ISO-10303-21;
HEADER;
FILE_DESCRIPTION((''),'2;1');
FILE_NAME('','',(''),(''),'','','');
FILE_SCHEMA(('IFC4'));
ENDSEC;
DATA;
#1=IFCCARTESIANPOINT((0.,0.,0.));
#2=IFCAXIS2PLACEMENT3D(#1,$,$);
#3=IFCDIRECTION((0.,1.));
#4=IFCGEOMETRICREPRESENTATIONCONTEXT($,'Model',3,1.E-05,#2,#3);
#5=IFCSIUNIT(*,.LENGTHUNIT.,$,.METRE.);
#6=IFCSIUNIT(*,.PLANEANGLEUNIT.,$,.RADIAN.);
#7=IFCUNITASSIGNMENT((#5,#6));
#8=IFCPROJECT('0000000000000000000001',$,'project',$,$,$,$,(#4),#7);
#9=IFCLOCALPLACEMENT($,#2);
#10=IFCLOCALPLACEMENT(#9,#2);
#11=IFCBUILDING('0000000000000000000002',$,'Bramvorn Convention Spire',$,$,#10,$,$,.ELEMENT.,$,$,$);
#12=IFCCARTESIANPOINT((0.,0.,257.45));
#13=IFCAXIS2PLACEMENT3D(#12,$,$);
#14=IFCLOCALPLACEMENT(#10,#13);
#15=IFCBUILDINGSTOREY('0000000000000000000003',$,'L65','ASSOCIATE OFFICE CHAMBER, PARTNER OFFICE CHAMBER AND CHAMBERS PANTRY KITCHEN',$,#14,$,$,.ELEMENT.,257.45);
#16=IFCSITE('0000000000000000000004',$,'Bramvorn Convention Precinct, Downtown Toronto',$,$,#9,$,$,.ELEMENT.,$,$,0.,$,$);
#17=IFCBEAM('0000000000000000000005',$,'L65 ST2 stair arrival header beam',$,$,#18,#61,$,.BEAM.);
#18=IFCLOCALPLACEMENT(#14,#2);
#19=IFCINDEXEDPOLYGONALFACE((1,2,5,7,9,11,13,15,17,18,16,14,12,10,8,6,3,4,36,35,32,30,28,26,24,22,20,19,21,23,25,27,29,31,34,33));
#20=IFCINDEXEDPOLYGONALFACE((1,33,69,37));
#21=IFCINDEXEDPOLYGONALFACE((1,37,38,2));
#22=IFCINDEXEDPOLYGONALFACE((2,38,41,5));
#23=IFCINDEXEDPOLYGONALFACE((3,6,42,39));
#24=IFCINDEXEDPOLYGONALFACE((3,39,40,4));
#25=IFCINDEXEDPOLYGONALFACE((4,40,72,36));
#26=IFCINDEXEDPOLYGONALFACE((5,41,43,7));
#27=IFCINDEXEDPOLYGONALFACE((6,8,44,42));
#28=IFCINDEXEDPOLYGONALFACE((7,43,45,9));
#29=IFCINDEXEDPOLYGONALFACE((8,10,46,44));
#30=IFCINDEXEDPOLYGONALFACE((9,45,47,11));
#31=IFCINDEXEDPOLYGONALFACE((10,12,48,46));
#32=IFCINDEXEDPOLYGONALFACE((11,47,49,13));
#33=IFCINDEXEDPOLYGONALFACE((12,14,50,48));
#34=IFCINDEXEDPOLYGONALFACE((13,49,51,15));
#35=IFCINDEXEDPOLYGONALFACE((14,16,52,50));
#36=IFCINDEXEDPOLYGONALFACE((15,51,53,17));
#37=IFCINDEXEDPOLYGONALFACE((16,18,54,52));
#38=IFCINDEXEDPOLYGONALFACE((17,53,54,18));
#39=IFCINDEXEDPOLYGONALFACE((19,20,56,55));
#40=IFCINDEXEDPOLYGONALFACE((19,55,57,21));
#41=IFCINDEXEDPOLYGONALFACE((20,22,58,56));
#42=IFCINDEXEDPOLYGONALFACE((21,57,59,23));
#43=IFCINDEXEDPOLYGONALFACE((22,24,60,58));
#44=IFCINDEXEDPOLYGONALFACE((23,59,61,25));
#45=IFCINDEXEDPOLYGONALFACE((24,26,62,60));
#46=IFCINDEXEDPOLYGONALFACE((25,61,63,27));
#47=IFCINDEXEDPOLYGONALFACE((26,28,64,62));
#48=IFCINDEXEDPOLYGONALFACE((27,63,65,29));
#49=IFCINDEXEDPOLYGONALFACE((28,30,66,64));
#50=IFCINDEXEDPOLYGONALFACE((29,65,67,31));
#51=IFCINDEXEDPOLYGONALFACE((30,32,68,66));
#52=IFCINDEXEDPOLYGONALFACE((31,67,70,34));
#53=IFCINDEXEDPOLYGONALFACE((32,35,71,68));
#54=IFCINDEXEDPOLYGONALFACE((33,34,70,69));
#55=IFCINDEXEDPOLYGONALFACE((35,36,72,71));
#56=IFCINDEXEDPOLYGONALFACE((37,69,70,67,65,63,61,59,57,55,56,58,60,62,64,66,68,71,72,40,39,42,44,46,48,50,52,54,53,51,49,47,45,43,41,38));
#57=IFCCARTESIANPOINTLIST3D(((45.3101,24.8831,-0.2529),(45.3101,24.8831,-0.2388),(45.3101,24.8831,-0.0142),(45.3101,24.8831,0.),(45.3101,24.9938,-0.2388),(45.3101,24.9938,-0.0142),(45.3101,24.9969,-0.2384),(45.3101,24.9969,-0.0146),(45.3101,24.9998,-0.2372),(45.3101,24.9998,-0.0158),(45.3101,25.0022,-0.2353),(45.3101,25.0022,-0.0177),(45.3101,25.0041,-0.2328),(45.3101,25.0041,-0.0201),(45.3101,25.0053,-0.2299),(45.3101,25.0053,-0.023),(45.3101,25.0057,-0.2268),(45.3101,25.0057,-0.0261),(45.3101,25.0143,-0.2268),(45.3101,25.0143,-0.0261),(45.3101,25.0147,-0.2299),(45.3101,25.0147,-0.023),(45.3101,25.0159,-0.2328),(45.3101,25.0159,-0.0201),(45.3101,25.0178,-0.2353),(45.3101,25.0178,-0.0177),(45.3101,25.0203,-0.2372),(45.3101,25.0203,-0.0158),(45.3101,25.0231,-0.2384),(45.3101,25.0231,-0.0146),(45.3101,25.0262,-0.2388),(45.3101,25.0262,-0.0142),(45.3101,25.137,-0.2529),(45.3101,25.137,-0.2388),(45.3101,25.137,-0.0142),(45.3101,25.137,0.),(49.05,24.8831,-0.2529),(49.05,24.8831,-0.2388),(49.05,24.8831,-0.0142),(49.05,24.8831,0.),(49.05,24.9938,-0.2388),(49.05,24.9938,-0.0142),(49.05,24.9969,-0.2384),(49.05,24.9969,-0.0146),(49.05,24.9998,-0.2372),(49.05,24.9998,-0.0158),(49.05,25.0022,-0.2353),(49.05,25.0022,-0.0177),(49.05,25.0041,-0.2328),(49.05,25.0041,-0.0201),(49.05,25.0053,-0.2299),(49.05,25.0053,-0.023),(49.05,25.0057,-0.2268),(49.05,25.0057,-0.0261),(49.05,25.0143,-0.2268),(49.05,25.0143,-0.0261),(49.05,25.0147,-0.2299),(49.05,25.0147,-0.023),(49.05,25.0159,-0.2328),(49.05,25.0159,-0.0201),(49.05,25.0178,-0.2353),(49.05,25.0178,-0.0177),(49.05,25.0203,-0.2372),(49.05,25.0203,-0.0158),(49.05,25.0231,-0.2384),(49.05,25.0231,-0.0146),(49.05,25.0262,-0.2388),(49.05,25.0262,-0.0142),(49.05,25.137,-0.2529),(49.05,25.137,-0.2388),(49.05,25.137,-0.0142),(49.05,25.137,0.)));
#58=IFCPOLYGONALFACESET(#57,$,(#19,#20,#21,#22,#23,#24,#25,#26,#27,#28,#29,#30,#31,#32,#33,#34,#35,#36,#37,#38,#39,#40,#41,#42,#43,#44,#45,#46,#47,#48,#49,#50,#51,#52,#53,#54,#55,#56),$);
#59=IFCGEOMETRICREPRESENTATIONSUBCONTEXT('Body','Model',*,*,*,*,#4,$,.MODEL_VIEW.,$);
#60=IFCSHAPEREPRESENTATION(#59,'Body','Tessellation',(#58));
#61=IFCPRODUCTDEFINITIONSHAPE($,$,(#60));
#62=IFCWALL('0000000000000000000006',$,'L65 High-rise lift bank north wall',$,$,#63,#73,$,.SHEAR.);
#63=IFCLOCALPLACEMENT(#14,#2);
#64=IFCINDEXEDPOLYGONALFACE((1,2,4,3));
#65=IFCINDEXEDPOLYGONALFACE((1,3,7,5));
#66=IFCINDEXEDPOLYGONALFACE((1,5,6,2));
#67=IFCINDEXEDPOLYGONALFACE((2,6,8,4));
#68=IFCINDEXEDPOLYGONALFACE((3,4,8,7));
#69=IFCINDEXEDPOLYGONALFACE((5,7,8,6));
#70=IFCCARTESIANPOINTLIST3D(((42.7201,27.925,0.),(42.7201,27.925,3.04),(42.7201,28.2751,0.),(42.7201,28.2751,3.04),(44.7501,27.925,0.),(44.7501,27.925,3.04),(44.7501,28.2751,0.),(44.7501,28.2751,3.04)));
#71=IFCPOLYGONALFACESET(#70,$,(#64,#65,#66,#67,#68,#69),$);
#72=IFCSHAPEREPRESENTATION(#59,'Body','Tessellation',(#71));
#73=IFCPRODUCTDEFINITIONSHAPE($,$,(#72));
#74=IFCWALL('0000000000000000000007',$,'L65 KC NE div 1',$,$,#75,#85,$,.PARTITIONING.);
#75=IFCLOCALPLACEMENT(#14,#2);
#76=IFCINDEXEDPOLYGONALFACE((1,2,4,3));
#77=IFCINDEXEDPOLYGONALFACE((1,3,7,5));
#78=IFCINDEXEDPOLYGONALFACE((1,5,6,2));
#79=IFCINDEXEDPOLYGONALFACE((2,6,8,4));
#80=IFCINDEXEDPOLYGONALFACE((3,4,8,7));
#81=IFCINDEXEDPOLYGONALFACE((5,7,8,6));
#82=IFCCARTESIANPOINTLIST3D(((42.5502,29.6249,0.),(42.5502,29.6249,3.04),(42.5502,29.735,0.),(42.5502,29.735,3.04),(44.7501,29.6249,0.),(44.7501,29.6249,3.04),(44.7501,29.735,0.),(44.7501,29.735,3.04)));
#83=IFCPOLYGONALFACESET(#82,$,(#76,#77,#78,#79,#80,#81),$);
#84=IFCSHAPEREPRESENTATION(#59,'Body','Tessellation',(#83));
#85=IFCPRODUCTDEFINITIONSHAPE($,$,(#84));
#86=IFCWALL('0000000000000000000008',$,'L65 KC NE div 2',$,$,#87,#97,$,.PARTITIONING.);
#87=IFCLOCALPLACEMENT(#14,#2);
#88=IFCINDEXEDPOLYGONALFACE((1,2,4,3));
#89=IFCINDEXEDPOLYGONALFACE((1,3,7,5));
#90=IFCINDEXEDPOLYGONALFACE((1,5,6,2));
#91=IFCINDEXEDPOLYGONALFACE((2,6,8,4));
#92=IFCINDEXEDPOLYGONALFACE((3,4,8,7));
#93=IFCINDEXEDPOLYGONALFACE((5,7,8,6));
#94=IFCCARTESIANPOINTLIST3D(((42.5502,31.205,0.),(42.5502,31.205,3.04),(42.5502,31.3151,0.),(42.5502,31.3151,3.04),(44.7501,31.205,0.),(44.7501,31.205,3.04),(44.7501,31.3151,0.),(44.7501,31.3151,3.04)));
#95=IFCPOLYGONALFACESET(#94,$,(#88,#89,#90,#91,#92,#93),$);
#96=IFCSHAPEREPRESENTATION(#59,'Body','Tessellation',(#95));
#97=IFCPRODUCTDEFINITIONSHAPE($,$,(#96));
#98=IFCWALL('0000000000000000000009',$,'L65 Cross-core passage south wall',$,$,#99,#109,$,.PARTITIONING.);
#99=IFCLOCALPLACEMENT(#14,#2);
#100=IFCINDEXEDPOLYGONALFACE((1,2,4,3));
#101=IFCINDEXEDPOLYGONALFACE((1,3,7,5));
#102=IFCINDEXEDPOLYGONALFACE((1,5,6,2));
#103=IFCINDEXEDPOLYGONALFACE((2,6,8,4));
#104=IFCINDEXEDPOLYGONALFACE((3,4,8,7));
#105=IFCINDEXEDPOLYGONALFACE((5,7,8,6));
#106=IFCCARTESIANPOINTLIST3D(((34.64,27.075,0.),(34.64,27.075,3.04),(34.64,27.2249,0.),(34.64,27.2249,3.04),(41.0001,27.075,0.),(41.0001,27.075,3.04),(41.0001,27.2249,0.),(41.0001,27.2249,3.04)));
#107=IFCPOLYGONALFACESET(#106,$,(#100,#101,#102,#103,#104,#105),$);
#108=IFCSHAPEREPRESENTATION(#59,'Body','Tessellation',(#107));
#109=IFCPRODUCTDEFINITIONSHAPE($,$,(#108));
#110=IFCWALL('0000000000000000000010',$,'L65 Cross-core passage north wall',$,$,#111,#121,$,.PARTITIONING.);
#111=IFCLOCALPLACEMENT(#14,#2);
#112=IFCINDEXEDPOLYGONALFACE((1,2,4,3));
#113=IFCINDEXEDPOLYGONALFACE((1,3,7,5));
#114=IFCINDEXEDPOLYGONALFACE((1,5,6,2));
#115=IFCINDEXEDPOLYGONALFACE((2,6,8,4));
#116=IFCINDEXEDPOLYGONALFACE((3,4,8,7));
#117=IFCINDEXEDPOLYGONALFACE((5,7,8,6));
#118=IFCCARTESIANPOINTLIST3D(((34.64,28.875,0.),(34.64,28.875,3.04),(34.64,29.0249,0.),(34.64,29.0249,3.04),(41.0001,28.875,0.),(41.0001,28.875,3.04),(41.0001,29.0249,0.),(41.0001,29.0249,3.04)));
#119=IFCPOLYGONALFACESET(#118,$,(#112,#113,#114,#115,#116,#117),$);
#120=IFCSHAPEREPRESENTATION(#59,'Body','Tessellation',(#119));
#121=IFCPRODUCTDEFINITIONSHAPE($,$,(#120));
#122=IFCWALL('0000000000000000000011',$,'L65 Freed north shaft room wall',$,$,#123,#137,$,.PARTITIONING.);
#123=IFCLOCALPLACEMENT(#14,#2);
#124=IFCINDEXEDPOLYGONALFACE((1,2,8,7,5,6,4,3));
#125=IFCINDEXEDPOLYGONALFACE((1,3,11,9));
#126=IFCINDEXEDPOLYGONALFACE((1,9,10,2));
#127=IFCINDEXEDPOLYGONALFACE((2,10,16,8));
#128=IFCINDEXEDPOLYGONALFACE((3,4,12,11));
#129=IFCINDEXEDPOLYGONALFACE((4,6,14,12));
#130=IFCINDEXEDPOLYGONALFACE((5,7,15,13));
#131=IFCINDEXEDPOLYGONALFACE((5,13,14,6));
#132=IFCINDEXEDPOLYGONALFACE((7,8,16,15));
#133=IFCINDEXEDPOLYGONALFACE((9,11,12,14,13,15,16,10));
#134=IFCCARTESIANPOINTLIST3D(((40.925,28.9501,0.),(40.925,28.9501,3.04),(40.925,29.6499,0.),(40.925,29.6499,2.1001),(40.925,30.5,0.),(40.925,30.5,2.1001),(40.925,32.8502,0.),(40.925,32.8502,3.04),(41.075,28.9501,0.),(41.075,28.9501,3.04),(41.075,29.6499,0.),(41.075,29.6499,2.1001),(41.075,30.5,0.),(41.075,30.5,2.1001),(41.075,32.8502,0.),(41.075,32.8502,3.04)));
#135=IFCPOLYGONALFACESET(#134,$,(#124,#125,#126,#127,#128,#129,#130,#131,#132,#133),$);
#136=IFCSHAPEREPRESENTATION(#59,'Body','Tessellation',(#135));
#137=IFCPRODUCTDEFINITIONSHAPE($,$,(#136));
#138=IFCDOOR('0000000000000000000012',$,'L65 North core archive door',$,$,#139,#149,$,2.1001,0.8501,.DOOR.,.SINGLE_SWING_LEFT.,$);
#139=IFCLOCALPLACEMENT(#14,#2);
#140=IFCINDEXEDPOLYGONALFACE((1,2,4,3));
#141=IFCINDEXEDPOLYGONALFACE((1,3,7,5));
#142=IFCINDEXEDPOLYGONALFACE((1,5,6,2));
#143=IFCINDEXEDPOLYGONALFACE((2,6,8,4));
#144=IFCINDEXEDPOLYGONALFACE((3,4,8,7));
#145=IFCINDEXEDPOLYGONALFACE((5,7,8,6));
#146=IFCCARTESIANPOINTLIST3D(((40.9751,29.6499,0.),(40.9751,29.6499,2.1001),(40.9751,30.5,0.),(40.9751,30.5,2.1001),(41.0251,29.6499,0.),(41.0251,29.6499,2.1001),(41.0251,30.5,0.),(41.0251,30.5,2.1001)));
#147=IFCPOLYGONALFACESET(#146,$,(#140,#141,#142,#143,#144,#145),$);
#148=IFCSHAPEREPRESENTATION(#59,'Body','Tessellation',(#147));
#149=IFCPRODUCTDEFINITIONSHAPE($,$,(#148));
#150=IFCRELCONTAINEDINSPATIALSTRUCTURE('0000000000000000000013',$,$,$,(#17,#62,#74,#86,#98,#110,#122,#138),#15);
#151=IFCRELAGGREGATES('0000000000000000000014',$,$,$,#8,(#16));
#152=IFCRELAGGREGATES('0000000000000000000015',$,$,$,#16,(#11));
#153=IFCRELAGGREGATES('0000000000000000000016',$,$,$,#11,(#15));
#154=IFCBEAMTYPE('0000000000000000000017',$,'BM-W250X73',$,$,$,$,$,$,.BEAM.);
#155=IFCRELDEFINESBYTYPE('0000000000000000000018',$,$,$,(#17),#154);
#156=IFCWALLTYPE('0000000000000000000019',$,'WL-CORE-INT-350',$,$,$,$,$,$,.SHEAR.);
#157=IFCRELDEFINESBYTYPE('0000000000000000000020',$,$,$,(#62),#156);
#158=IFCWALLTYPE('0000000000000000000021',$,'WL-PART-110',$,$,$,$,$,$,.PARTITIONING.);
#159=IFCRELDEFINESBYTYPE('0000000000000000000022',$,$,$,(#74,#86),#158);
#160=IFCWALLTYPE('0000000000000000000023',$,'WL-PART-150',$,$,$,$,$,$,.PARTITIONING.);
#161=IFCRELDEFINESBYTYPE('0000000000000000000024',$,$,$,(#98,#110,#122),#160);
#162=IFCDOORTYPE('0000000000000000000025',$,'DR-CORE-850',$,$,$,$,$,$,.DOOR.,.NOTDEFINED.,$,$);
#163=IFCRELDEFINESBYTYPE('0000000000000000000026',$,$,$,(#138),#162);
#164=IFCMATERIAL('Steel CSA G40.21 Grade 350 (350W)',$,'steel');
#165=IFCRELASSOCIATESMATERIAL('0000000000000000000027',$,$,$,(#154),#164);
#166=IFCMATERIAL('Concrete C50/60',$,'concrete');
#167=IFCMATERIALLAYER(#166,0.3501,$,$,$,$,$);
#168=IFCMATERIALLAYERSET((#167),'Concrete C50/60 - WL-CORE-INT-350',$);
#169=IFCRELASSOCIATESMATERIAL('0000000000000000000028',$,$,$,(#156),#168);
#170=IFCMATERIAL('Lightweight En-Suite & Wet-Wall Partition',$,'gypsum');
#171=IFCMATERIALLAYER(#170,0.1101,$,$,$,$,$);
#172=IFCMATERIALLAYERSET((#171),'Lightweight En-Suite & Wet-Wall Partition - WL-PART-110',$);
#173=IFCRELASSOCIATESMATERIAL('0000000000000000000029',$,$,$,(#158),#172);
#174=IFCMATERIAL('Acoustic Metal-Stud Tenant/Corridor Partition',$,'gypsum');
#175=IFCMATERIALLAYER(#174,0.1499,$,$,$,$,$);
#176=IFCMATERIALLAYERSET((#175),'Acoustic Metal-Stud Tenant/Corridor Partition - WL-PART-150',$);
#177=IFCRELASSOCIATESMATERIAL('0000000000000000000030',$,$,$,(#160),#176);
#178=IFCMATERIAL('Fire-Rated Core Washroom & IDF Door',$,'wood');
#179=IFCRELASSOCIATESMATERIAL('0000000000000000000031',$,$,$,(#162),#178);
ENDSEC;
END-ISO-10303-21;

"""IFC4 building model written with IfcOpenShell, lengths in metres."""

from ifc_helpers import new_model, si_unit, direction, frame, frame_2d, origin, origin_2d, place, context, subcontext, project, spatial, rectangle, i_section, extrude, material, layer, layer_set, material_profile, profile_set, type_object, element, fill, save


model = new_model("IFC4")

# Units and contexts
model_context = context("Model", 3, precision=1e-05, world=origin(), true_north=direction((0.0, 1.0)))
body_context = subcontext(model_context, "Body", "Model", "MODEL_VIEW")
ifc_project = project(units=[si_unit("LENGTHUNIT", "METRE"), si_unit("PLANEANGLEUNIT", "RADIAN")], contexts=[model_context])

# Site, building, storey
site_placement = place(None, origin())
site = spatial("IfcSite", under=ifc_project, at=site_placement, Name="Bramvorn Convention Precinct, Downtown Toronto", CompositionType="ELEMENT", RefElevation=0.0)
building_placement = place(site_placement, origin())
building = spatial("IfcBuilding", under=site, at=building_placement, Name="Bramvorn Convention Spire", CompositionType="ELEMENT")
storey_placement = place(building_placement, frame((0.0, 0.0, 257.45)))
storey = spatial("IfcBuildingStorey", under=building, at=storey_placement, Name="L65", Description="ASSOCIATE OFFICE CHAMBER, PARTNER OFFICE CHAMBER AND CHAMBERS PANTRY KITCHEN", CompositionType="ELEMENT", Elevation=257.45)

# Beam
ifc_material_1 = material(Name="Steel CSA G40.21 Grade 350 (350W)", Category="steel")
ifc_material_profile = material_profile(ifc_material_1, i_section(OverallWidth=0.2539, OverallDepth=0.2529, WebThickness=0.0085, FlangeThickness=0.0142, FilletRadius=0.012, at=origin_2d()))
ifc_profile_set = profile_set([ifc_material_profile], Name="Steel CSA G40.21 Grade 350 (350W) - W250X73")
beam_type = type_object("IfcBeamType", Name="BM-W250X73", PredefinedType="BEAM", material=ifc_profile_set)
beam_placement = place(storey_placement, frame((45.3101, 25.01, -0.1265), z_axis=(1.0, 0.0, 0.0), x_axis=(0.0, 1.0, 0.0)))
element("IfcBeam", 1, at=beam_placement, inside=storey, type_object=beam_type, Name="L65 ST2 stair arrival header beam", PredefinedType="BEAM", context=body_context, shape_type="SweptSolid", body=[
    extrude(i_section(OverallWidth=0.2539, OverallDepth=0.2529, WebThickness=0.0085, FlangeThickness=0.0142, FilletRadius=0.012, at=origin_2d()), origin(), (0.0, 0.0, 1.0), 3.74),
])

# Shared definitions
ifc_material_2 = material(Name="Concrete C50/60", Category="concrete")
ifc_layer_1 = layer(ifc_material_2, 0.3501)
ifc_layer_set_1 = layer_set([ifc_layer_1], Name="Concrete C50/60 - WL-CORE-INT-350")
wall_type_1 = type_object("IfcWallType", Name="WL-CORE-INT-350", PredefinedType="SHEAR", material=ifc_layer_set_1)

# Walls
wall_1_placement = place(storey_placement, frame((42.72, 28.1001, 0.0), z_axis=(0.0, 0.0, 1.0), x_axis=(1.0, 0.0, 0.0)))
element("IfcWall", 2, at=wall_1_placement, inside=storey, type_object=wall_type_1, Name="L65 High-rise lift bank north wall", PredefinedType="SHEAR", context=body_context, shape_type="SweptSolid", body=[
    extrude(rectangle(XDim=2.03, YDim=0.3501, at=frame_2d((1.0151, 0.0))), origin(), (0.0, 0.0, 1.0), 3.04),
])
ifc_material_3 = material(Name="Lightweight En-Suite & Wet-Wall Partition", Category="gypsum")
ifc_layer_2 = layer(ifc_material_3, 0.1101)
ifc_layer_set_2 = layer_set([ifc_layer_2], Name="Lightweight En-Suite & Wet-Wall Partition - WL-PART-110")
wall_type_2 = type_object("IfcWallType", Name="WL-PART-110", PredefinedType="PARTITIONING", material=ifc_layer_set_2)
for number, where, z_axis, x_axis, name in (
    (3, (42.55, 29.6799, 0.0), (0.0, 0.0, 1.0), (1.0, 0.0, 0.0), "L65 KC NE div 1"),
    (4, (42.55, 31.26, 0.0), (0.0, 0.0, 1.0), (1.0, 0.0, 0.0), "L65 KC NE div 2"),
):
    element("IfcWall", number, at=place(storey_placement, frame(where, z_axis=z_axis, x_axis=x_axis)), inside=storey, type_object=wall_type_2, Name=name, PredefinedType="PARTITIONING", context=body_context, shape_type="SweptSolid", body=[
        extrude(rectangle(XDim=2.2, YDim=0.1101, at=frame_2d((1.1001, 0.0))), origin(), (0.0, 0.0, 1.0), 3.04),
    ])
ifc_material_4 = material(Name="Acoustic Metal-Stud Tenant/Corridor Partition", Category="gypsum")
ifc_layer_3 = layer(ifc_material_4, 0.1499)
ifc_layer_set_3 = layer_set([ifc_layer_3], Name="Acoustic Metal-Stud Tenant/Corridor Partition - WL-PART-150")
wall_type_3 = type_object("IfcWallType", Name="WL-PART-150", PredefinedType="PARTITIONING", material=ifc_layer_set_3)
for number, where, z_axis, x_axis, name in (
    (5, (34.6399, 27.1499, 0.0), (0.0, 0.0, 1.0), (1.0, 0.0, 0.0), "L65 Cross-core passage south wall"),
    (6, (34.6399, 28.95, 0.0), (0.0, 0.0, 1.0), (1.0, 0.0, 0.0), "L65 Cross-core passage north wall"),
):
    element("IfcWall", number, at=place(storey_placement, frame(where, z_axis=z_axis, x_axis=x_axis)), inside=storey, type_object=wall_type_3, Name=name, PredefinedType="PARTITIONING", context=body_context, shape_type="SweptSolid", body=[
        extrude(rectangle(XDim=6.3601, YDim=0.1499, at=frame_2d((3.1802, 0.0))), origin(), (0.0, 0.0, 1.0), 3.04),
    ])

# Wall, opening, door
wall_2_placement = place(storey_placement, frame((41.0, 28.95, 0.0), z_axis=(0.0, 0.0, 1.0), x_axis=(0.0, 1.0, 0.0)))
wall_2 = element("IfcWall", 7, at=wall_2_placement, inside=storey, type_object=wall_type_3, Name="L65 Freed north shaft room wall", PredefinedType="PARTITIONING", context=body_context, shape_type="SweptSolid", body=[
    extrude(rectangle(XDim=3.9001, YDim=0.1499, at=frame_2d((1.9502, 0.0))), origin(), (0.0, 0.0, 1.0), 3.04),
])
opening_1_placement = place(wall_2_placement, frame((0.7, 0.0, 0.0)))
opening_1 = element("IfcOpeningElement", 8, at=opening_1_placement, cuts=wall_2, PredefinedType="OPENING", context=body_context, shape_type="SweptSolid", body=[
    extrude(rectangle(XDim=0.8501, YDim=2.1001, at=frame_2d((0.425, 1.05))), frame((0.0, 0.085, 0.0), z_axis=(0.0, -1.0, 0.0), x_axis=(1.0, 0.0, 0.0)), (0.0, 0.0, 1.0), 0.1699),
])
ifc_material_5 = material(Name="Fire-Rated Core Washroom & IDF Door", Category="wood")
door_type_1 = type_object("IfcDoorType", Name="DR-CORE-850", OperationType="NOTDEFINED", PredefinedType="DOOR", material=ifc_material_5)
door_1_placement = place(opening_1_placement, origin())
door_1 = element("IfcDoor", 9, at=door_1_placement, inside=storey, type_object=door_type_1, Name="L65 North core archive door", OperationType="SINGLE_SWING_LEFT", OverallHeight=2.1001, OverallWidth=0.8501, PredefinedType="DOOR", context=body_context, shape_type="SweptSolid", body=[
    extrude(rectangle(XDim=0.8501, YDim=2.1001, at=frame_2d((0.425, 1.05))), frame((0.0, 0.0249, 0.0), z_axis=(0.0, -1.0, 0.0), x_axis=(1.0, 0.0, 0.0)), (0.0, 0.0, 1.0), 0.05),
])
fill(opening_1, door_1)

save(model, "model.ifc")
